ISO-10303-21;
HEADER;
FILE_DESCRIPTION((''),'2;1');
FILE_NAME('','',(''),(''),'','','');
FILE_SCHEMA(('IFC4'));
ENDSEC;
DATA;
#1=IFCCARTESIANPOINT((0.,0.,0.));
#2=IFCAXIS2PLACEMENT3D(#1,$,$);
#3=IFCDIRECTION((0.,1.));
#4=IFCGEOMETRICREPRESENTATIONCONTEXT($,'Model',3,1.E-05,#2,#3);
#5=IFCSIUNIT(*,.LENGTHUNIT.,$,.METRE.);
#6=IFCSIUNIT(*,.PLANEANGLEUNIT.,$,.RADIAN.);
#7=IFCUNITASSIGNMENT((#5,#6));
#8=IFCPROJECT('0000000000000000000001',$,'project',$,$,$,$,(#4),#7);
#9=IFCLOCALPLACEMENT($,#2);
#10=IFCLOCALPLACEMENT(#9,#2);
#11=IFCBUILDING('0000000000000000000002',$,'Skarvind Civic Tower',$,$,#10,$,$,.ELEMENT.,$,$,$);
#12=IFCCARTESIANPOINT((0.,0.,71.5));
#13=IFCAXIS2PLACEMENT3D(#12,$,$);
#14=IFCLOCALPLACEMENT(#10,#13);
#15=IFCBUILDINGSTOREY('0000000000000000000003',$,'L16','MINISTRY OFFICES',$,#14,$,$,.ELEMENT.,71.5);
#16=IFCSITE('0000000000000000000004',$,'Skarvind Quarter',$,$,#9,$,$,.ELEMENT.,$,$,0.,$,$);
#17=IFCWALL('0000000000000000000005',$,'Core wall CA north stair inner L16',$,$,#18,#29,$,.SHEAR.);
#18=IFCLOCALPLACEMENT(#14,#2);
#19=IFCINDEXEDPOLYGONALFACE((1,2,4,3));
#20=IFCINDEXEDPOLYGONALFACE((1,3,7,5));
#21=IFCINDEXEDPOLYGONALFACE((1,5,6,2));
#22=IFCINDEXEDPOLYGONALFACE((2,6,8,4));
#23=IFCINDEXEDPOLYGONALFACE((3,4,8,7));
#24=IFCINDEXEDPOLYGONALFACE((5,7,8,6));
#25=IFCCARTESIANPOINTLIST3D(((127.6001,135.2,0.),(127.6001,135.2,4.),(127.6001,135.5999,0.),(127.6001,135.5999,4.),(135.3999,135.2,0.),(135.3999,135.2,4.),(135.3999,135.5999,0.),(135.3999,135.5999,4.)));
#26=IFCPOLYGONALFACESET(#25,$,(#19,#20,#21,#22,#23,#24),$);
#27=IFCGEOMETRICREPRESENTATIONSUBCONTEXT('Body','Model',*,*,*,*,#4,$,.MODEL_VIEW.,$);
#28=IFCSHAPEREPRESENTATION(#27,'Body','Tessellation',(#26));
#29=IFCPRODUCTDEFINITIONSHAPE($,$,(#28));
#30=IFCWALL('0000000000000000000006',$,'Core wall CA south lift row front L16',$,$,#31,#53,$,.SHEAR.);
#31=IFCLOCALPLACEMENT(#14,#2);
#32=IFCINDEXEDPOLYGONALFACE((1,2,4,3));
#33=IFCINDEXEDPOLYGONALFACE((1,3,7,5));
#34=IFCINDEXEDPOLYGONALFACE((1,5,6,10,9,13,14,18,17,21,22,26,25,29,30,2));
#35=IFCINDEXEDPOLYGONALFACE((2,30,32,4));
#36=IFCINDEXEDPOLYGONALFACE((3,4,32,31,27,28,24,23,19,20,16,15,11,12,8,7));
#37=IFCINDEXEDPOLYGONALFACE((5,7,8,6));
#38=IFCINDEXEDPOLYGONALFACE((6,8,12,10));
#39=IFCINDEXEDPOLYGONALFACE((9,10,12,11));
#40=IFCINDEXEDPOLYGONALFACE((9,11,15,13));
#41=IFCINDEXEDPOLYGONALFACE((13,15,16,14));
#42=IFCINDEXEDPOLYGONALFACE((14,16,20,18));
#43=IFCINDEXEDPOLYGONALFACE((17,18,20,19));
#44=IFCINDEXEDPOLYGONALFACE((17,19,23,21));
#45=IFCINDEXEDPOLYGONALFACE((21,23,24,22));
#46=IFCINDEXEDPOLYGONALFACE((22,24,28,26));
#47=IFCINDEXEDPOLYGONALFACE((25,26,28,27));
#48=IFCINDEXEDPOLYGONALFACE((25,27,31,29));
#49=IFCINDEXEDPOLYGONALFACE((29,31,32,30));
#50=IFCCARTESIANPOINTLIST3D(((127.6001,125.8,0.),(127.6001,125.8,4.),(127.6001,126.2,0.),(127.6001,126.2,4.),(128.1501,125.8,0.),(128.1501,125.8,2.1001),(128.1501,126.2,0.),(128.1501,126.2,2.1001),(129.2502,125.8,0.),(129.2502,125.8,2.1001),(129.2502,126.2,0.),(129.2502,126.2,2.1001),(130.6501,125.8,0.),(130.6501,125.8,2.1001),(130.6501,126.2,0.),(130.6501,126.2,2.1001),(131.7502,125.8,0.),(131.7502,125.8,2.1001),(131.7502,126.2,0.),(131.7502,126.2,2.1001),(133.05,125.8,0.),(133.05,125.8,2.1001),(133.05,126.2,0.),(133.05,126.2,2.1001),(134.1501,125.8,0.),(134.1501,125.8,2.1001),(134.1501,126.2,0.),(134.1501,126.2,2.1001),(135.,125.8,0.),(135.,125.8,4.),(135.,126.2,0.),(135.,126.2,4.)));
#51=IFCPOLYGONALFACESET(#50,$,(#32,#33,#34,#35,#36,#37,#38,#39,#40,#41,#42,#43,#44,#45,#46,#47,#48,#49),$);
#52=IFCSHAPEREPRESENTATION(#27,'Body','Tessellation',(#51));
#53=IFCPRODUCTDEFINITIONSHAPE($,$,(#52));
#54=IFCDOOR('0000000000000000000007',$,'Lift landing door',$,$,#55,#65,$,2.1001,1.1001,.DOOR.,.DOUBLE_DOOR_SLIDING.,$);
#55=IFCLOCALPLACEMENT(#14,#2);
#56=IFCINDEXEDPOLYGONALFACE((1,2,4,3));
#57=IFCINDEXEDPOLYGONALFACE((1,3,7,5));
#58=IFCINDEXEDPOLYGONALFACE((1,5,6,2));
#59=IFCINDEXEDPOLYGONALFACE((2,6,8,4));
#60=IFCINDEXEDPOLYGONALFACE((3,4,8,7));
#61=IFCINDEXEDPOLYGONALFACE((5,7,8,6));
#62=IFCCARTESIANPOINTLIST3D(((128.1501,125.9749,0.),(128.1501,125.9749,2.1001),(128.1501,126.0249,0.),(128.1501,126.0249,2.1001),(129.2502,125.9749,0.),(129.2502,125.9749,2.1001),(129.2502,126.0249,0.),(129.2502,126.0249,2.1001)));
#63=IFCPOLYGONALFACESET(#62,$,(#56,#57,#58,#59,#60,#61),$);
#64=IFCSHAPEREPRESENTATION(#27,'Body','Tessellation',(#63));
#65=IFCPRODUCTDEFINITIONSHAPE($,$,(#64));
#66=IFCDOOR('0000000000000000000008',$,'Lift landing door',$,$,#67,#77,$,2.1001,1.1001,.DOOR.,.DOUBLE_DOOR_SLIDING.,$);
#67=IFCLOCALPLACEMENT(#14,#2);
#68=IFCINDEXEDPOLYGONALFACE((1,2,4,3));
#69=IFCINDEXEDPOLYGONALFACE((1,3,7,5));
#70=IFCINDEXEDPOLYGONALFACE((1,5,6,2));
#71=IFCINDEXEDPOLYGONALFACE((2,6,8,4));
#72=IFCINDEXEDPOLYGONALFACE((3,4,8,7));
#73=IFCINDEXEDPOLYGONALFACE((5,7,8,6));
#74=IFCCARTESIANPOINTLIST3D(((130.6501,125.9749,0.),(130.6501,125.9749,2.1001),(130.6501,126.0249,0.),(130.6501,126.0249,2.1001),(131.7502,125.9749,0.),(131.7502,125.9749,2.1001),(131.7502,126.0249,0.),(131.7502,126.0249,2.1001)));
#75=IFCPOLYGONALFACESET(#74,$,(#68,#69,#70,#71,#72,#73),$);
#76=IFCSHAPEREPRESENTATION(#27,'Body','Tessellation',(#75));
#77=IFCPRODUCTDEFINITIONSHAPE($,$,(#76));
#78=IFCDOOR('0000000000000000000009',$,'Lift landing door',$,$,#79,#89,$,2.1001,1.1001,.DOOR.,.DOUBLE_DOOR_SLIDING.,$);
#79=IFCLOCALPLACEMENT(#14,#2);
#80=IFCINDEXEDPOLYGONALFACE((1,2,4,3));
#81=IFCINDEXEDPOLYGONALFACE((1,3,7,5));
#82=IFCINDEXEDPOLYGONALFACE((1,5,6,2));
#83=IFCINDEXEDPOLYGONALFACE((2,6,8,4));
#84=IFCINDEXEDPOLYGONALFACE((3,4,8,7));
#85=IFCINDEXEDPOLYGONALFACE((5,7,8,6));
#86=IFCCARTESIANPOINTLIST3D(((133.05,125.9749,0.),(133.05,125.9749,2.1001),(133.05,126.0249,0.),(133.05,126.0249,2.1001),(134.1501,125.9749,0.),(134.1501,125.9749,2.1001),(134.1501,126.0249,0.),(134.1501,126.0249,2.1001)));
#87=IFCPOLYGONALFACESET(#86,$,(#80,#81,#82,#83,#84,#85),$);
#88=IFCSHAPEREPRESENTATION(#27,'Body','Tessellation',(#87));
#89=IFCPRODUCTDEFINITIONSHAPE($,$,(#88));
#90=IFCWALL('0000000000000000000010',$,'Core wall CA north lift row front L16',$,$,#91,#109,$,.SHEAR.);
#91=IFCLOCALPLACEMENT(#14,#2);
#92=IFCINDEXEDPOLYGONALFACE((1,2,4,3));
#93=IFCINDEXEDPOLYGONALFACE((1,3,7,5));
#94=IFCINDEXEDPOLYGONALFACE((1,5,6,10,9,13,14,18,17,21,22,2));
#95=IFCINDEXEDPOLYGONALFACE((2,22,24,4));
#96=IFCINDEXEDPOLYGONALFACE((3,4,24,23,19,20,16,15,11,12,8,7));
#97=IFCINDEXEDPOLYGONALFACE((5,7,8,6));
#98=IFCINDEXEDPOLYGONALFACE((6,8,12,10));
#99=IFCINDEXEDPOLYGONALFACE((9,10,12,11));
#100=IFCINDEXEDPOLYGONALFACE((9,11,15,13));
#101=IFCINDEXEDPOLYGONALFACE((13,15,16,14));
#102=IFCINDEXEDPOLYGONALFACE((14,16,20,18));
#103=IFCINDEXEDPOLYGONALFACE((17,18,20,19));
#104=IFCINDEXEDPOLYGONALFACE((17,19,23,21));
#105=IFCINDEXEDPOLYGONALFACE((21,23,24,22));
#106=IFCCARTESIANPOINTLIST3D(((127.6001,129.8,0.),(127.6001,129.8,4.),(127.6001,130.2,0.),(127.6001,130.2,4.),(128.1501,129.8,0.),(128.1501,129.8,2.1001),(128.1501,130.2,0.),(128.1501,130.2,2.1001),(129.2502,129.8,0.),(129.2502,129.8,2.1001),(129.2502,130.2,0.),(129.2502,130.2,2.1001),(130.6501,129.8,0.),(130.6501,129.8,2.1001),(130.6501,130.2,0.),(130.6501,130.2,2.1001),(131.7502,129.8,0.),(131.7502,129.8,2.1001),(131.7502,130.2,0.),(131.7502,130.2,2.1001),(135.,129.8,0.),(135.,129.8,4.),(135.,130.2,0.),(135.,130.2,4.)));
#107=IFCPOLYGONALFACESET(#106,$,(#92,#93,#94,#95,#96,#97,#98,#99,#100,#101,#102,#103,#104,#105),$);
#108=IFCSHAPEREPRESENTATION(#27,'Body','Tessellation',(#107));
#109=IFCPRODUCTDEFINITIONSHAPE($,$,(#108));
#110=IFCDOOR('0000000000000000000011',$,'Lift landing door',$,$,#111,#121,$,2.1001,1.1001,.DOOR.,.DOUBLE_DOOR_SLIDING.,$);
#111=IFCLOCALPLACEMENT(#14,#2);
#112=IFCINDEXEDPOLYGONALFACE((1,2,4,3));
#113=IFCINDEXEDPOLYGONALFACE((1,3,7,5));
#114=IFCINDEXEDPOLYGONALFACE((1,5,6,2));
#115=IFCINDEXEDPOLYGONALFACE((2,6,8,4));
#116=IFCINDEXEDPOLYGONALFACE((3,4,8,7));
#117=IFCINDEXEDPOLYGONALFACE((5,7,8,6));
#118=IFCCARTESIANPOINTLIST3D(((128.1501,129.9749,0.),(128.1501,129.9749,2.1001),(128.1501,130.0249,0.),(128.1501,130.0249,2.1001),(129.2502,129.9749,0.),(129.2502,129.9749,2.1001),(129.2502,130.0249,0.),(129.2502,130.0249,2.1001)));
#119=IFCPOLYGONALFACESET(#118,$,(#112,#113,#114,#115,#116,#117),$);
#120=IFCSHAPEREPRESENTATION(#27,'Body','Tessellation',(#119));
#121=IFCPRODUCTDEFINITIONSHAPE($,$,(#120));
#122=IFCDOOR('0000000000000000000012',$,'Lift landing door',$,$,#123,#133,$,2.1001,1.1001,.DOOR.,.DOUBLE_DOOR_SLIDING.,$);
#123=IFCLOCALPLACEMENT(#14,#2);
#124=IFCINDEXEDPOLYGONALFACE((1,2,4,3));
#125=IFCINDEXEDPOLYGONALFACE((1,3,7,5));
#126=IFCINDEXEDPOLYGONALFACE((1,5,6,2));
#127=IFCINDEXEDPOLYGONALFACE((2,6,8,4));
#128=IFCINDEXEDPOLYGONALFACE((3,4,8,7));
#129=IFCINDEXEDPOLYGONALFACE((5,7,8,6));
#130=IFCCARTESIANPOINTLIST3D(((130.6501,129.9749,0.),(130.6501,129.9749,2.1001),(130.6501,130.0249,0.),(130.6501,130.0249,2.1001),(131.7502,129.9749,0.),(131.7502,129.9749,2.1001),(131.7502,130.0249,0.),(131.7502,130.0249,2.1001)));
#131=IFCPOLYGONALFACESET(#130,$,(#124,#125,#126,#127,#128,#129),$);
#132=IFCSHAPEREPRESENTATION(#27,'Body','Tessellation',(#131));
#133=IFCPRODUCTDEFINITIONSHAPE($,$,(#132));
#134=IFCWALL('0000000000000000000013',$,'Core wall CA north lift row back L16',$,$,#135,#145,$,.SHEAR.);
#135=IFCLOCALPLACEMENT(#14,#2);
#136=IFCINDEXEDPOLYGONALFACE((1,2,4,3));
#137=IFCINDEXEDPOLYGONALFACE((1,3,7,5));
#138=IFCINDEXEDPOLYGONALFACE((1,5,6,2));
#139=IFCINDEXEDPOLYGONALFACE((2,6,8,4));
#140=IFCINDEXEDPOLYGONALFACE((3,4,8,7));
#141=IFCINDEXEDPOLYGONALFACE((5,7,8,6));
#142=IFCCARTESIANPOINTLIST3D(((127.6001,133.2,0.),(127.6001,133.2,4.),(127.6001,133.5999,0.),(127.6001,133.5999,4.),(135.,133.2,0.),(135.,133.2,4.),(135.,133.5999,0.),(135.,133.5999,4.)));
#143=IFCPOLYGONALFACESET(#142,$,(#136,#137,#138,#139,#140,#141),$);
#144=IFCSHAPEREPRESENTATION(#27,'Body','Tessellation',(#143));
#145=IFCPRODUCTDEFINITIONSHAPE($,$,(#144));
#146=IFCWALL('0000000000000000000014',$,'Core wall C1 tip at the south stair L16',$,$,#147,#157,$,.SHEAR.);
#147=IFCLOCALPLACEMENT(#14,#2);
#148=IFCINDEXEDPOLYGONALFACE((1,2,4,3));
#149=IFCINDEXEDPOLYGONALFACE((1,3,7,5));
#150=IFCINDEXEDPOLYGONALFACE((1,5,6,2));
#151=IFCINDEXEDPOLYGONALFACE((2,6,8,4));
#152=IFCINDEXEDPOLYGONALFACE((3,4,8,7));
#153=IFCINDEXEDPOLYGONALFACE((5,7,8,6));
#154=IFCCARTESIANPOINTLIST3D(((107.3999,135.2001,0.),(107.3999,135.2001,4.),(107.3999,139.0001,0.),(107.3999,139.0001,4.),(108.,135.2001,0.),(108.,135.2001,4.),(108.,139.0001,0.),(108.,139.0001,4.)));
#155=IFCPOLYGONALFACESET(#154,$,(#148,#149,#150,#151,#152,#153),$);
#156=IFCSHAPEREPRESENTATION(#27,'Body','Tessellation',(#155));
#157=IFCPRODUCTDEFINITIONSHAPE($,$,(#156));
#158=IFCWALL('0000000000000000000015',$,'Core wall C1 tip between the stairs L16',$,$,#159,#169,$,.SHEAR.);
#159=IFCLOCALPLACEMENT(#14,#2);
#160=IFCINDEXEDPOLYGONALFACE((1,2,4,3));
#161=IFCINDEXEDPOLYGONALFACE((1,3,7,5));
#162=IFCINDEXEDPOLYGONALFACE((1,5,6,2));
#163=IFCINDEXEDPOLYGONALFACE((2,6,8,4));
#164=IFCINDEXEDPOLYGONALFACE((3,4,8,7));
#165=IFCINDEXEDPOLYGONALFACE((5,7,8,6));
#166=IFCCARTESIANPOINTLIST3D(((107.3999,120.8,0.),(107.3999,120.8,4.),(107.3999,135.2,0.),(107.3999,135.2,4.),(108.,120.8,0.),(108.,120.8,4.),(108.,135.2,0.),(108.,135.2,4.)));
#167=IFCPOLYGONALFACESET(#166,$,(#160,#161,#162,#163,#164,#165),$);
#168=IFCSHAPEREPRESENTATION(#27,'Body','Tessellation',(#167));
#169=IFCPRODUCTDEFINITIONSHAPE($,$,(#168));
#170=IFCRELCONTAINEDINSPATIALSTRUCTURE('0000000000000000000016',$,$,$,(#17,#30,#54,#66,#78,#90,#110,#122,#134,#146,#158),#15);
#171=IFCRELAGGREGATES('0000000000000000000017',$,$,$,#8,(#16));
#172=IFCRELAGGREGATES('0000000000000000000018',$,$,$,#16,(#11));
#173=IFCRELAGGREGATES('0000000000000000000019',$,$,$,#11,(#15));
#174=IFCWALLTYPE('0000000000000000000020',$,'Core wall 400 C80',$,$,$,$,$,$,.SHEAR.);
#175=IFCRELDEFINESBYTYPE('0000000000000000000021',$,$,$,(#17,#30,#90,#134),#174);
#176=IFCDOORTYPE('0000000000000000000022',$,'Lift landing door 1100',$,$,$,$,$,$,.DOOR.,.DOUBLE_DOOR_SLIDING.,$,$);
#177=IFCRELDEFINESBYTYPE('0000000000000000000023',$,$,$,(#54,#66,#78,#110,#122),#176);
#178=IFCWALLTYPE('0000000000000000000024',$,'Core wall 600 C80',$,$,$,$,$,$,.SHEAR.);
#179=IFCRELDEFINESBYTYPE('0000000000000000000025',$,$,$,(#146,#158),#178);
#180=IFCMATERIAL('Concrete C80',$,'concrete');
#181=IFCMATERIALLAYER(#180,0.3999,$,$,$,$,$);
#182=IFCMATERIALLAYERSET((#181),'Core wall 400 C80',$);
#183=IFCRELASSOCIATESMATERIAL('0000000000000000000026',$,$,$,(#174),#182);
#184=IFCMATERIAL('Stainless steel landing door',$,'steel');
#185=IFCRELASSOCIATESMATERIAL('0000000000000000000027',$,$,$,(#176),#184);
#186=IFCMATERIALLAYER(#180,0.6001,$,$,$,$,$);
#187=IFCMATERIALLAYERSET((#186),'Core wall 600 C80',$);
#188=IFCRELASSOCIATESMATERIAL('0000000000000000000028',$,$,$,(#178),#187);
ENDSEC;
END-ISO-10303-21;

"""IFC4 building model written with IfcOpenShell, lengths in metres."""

from ifc_helpers import new_model, si_unit, direction, frame, frame_2d, origin, place, context, subcontext, project, spatial, rectangle, extrude, material, layer, layer_set, type_object, element, fill, save


model = new_model("IFC4")

# Units and contexts
model_context = context("Model", 3, precision=1e-05, world=origin(), true_north=direction((0.0, 1.0)))
body_context = subcontext(model_context, "Body", "Model", "MODEL_VIEW")
ifc_project = project(units=[si_unit("LENGTHUNIT", "METRE"), si_unit("PLANEANGLEUNIT", "RADIAN")], contexts=[model_context])

# Site, building, storey
site_placement = place(None, origin())
site = spatial("IfcSite", under=ifc_project, at=site_placement, Name="Skarvind Quarter", CompositionType="ELEMENT", RefElevation=0.0)
building_placement = place(site_placement, origin())
building = spatial("IfcBuilding", under=site, at=building_placement, Name="Skarvind Civic Tower", CompositionType="ELEMENT")
storey_placement = place(building_placement, frame((0.0, 0.0, 71.5)))
storey = spatial("IfcBuildingStorey", under=building, at=storey_placement, Name="L16", Description="MINISTRY OFFICES", CompositionType="ELEMENT", Elevation=71.5)

# Wall
ifc_material_1 = material(Name="Concrete C80", Category="concrete")
ifc_layer_1 = layer(ifc_material_1, 0.3999)
ifc_layer_set_1 = layer_set([ifc_layer_1], Name="Core wall 400 C80")
wall_type_1 = type_object("IfcWallType", Name="Core wall 400 C80", PredefinedType="SHEAR", material=ifc_layer_set_1)
wall_1_placement = place(storey_placement, frame((127.6001, 135.3999, 0.0), z_axis=(0.0, 0.0, 1.0), x_axis=(1.0, 0.0, 0.0)))
element("IfcWall", 1, at=wall_1_placement, inside=storey, type_object=wall_type_1, Name="Core wall CA north stair inner L16", PredefinedType="SHEAR", context=body_context, shape_type="SweptSolid", body=[
    extrude(rectangle(XDim=7.7998, YDim=0.3999, at=frame_2d((3.8999, 0.0))), origin(), (0.0, 0.0, 1.0), 4.0),
])

# Walls, openings, doors
wall_2_placement = place(storey_placement, frame((127.6001, 126.0, 0.0), z_axis=(0.0, 0.0, 1.0), x_axis=(1.0, 0.0, 0.0)))
wall_2 = element("IfcWall", 2, at=wall_2_placement, inside=storey, type_object=wall_type_1, Name="Core wall CA south lift row front L16", PredefinedType="SHEAR", context=body_context, shape_type="SweptSolid", body=[
    extrude(rectangle(XDim=7.3999, YDim=0.3999, at=frame_2d((3.7, 0.0))), origin(), (0.0, 0.0, 1.0), 4.0),
])
opening_1_placement = place(wall_2_placement, frame((0.55, 0.0, 0.0)))
opening_1 = element("IfcOpeningElement", 3, at=opening_1_placement, cuts=wall_2, PredefinedType="OPENING", context=body_context, shape_type="SweptSolid", body=[
    extrude(rectangle(XDim=1.1001, YDim=2.1001, at=frame_2d((0.55, 1.05))), frame((0.0, 0.21, 0.0), z_axis=(0.0, -1.0, 0.0), x_axis=(1.0, 0.0, 0.0)), (0.0, 0.0, 1.0), 0.4199),
])
opening_2_placement = place(wall_2_placement, frame((3.05, 0.0, 0.0)))
opening_2 = element("IfcOpeningElement", 4, at=opening_2_placement, cuts=wall_2, PredefinedType="OPENING", context=body_context, shape_type="SweptSolid", body=[
    extrude(rectangle(XDim=1.1001, YDim=2.1001, at=frame_2d((0.55, 1.05))), frame((0.0, 0.21, 0.0), z_axis=(0.0, -1.0, 0.0), x_axis=(1.0, 0.0, 0.0)), (0.0, 0.0, 1.0), 0.4199),
])
opening_3_placement = place(wall_2_placement, frame((5.45, 0.0, 0.0)))
opening_3 = element("IfcOpeningElement", 5, at=opening_3_placement, cuts=wall_2, PredefinedType="OPENING", context=body_context, shape_type="SweptSolid", body=[
    extrude(rectangle(XDim=1.1001, YDim=2.1001, at=frame_2d((0.55, 1.05))), frame((0.0, 0.21, 0.0), z_axis=(0.0, -1.0, 0.0), x_axis=(1.0, 0.0, 0.0)), (0.0, 0.0, 1.0), 0.4199),
])
ifc_material_2 = material(Name="Stainless steel landing door", Category="steel")
door_type = type_object("IfcDoorType", Name="Lift landing door 1100", OperationType="DOUBLE_DOOR_SLIDING", PredefinedType="DOOR", material=ifc_material_2)
door_1_placement = place(opening_1_placement, origin())
door_1 = element("IfcDoor", 6, at=door_1_placement, inside=storey, type_object=door_type, Name="Lift landing door", OperationType="DOUBLE_DOOR_SLIDING", OverallHeight=2.1001, OverallWidth=1.1001, PredefinedType="DOOR", context=body_context, shape_type="SweptSolid", body=[
    extrude(rectangle(XDim=1.1001, YDim=2.1001, at=frame_2d((0.55, 1.05))), frame((0.0, 0.0249, 0.0), z_axis=(0.0, -1.0, 0.0), x_axis=(1.0, 0.0, 0.0)), (0.0, 0.0, 1.0), 0.05),
])
fill(opening_1, door_1)
door_2_placement = place(opening_2_placement, origin())
door_2 = element("IfcDoor", 7, at=door_2_placement, inside=storey, type_object=door_type, Name="Lift landing door", OperationType="DOUBLE_DOOR_SLIDING", OverallHeight=2.1001, OverallWidth=1.1001, PredefinedType="DOOR", context=body_context, shape_type="SweptSolid", body=[
    extrude(rectangle(XDim=1.1001, YDim=2.1001, at=frame_2d((0.55, 1.05))), frame((0.0, 0.0249, 0.0), z_axis=(0.0, -1.0, 0.0), x_axis=(1.0, 0.0, 0.0)), (0.0, 0.0, 1.0), 0.05),
])
fill(opening_2, door_2)
door_3_placement = place(opening_3_placement, origin())
door_3 = element("IfcDoor", 8, at=door_3_placement, inside=storey, type_object=door_type, Name="Lift landing door", OperationType="DOUBLE_DOOR_SLIDING", OverallHeight=2.1001, OverallWidth=1.1001, PredefinedType="DOOR", context=body_context, shape_type="SweptSolid", body=[
    extrude(rectangle(XDim=1.1001, YDim=2.1001, at=frame_2d((0.55, 1.05))), frame((0.0, 0.0249, 0.0), z_axis=(0.0, -1.0, 0.0), x_axis=(1.0, 0.0, 0.0)), (0.0, 0.0, 1.0), 0.05),
])
fill(opening_3, door_3)
wall_3_placement = place(storey_placement, frame((127.6001, 130.0, 0.0), z_axis=(0.0, 0.0, 1.0), x_axis=(1.0, 0.0, 0.0)))
wall_3 = element("IfcWall", 9, at=wall_3_placement, inside=storey, type_object=wall_type_1, Name="Core wall CA north lift row front L16", PredefinedType="SHEAR", context=body_context, shape_type="SweptSolid", body=[
    extrude(rectangle(XDim=7.3999, YDim=0.3999, at=frame_2d((3.7, 0.0))), origin(), (0.0, 0.0, 1.0), 4.0),
])
opening_4_placement = place(wall_3_placement, frame((0.55, 0.0, 0.0)))
opening_4 = element("IfcOpeningElement", 10, at=opening_4_placement, cuts=wall_3, PredefinedType="OPENING", context=body_context, shape_type="SweptSolid", body=[
    extrude(rectangle(XDim=1.1001, YDim=2.1001, at=frame_2d((0.55, 1.05))), frame((0.0, 0.21, 0.0), z_axis=(0.0, -1.0, 0.0), x_axis=(1.0, 0.0, 0.0)), (0.0, 0.0, 1.0), 0.4199),
])
opening_5_placement = place(wall_3_placement, frame((3.05, 0.0, 0.0)))
opening_5 = element("IfcOpeningElement", 11, at=opening_5_placement, cuts=wall_3, PredefinedType="OPENING", context=body_context, shape_type="SweptSolid", body=[
    extrude(rectangle(XDim=1.1001, YDim=2.1001, at=frame_2d((0.55, 1.05))), frame((0.0, 0.21, 0.0), z_axis=(0.0, -1.0, 0.0), x_axis=(1.0, 0.0, 0.0)), (0.0, 0.0, 1.0), 0.4199),
])
door_4_placement = place(opening_4_placement, origin())
door_4 = element("IfcDoor", 12, at=door_4_placement, inside=storey, type_object=door_type, Name="Lift landing door", OperationType="DOUBLE_DOOR_SLIDING", OverallHeight=2.1001, OverallWidth=1.1001, PredefinedType="DOOR", context=body_context, shape_type="SweptSolid", body=[
    extrude(rectangle(XDim=1.1001, YDim=2.1001, at=frame_2d((0.55, 1.05))), frame((0.0, 0.0249, 0.0), z_axis=(0.0, -1.0, 0.0), x_axis=(1.0, 0.0, 0.0)), (0.0, 0.0, 1.0), 0.05),
])
fill(opening_4, door_4)
door_5_placement = place(opening_5_placement, origin())
door_5 = element("IfcDoor", 13, at=door_5_placement, inside=storey, type_object=door_type, Name="Lift landing door", OperationType="DOUBLE_DOOR_SLIDING", OverallHeight=2.1001, OverallWidth=1.1001, PredefinedType="DOOR", context=body_context, shape_type="SweptSolid", body=[
    extrude(rectangle(XDim=1.1001, YDim=2.1001, at=frame_2d((0.55, 1.05))), frame((0.0, 0.0249, 0.0), z_axis=(0.0, -1.0, 0.0), x_axis=(1.0, 0.0, 0.0)), (0.0, 0.0, 1.0), 0.05),
])
fill(opening_5, door_5)

# Walls
wall_4_placement = place(storey_placement, frame((127.6001, 133.3999, 0.0), z_axis=(0.0, 0.0, 1.0), x_axis=(1.0, 0.0, 0.0)))
element("IfcWall", 14, at=wall_4_placement, inside=storey, type_object=wall_type_1, Name="Core wall CA north lift row back L16", PredefinedType="SHEAR", context=body_context, shape_type="SweptSolid", body=[
    extrude(rectangle(XDim=7.3999, YDim=0.3999, at=frame_2d((3.7, 0.0))), origin(), (0.0, 0.0, 1.0), 4.0),
])
ifc_layer_2 = layer(ifc_material_1, 0.6001)
ifc_layer_set_2 = layer_set([ifc_layer_2], Name="Core wall 600 C80")
wall_type_2 = type_object("IfcWallType", Name="Core wall 600 C80", PredefinedType="SHEAR", material=ifc_layer_set_2)
wall_5_placement = place(storey_placement, frame((107.7, 139.0, 0.0), z_axis=(0.0, 0.0, 1.0), x_axis=(0.0, -1.0, 0.0)))
element("IfcWall", 15, at=wall_5_placement, inside=storey, type_object=wall_type_2, Name="Core wall C1 tip at the south stair L16", PredefinedType="SHEAR", context=body_context, shape_type="SweptSolid", body=[
    extrude(rectangle(XDim=3.8, YDim=0.6001, at=frame_2d((1.8999, 0.0))), origin(), (0.0, 0.0, 1.0), 4.0),
])
wall_6_placement = place(storey_placement, frame((107.7, 135.2, 0.0), z_axis=(0.0, 0.0, 1.0), x_axis=(0.0, -1.0, 0.0)))
element("IfcWall", 16, at=wall_6_placement, inside=storey, type_object=wall_type_2, Name="Core wall C1 tip between the stairs L16", PredefinedType="SHEAR", context=body_context, shape_type="SweptSolid", body=[
    extrude(rectangle(XDim=14.3999, YDim=0.6001, at=frame_2d((7.2, 0.0))), origin(), (0.0, 0.0, 1.0), 4.0),
])

save(model, "model.ifc")
